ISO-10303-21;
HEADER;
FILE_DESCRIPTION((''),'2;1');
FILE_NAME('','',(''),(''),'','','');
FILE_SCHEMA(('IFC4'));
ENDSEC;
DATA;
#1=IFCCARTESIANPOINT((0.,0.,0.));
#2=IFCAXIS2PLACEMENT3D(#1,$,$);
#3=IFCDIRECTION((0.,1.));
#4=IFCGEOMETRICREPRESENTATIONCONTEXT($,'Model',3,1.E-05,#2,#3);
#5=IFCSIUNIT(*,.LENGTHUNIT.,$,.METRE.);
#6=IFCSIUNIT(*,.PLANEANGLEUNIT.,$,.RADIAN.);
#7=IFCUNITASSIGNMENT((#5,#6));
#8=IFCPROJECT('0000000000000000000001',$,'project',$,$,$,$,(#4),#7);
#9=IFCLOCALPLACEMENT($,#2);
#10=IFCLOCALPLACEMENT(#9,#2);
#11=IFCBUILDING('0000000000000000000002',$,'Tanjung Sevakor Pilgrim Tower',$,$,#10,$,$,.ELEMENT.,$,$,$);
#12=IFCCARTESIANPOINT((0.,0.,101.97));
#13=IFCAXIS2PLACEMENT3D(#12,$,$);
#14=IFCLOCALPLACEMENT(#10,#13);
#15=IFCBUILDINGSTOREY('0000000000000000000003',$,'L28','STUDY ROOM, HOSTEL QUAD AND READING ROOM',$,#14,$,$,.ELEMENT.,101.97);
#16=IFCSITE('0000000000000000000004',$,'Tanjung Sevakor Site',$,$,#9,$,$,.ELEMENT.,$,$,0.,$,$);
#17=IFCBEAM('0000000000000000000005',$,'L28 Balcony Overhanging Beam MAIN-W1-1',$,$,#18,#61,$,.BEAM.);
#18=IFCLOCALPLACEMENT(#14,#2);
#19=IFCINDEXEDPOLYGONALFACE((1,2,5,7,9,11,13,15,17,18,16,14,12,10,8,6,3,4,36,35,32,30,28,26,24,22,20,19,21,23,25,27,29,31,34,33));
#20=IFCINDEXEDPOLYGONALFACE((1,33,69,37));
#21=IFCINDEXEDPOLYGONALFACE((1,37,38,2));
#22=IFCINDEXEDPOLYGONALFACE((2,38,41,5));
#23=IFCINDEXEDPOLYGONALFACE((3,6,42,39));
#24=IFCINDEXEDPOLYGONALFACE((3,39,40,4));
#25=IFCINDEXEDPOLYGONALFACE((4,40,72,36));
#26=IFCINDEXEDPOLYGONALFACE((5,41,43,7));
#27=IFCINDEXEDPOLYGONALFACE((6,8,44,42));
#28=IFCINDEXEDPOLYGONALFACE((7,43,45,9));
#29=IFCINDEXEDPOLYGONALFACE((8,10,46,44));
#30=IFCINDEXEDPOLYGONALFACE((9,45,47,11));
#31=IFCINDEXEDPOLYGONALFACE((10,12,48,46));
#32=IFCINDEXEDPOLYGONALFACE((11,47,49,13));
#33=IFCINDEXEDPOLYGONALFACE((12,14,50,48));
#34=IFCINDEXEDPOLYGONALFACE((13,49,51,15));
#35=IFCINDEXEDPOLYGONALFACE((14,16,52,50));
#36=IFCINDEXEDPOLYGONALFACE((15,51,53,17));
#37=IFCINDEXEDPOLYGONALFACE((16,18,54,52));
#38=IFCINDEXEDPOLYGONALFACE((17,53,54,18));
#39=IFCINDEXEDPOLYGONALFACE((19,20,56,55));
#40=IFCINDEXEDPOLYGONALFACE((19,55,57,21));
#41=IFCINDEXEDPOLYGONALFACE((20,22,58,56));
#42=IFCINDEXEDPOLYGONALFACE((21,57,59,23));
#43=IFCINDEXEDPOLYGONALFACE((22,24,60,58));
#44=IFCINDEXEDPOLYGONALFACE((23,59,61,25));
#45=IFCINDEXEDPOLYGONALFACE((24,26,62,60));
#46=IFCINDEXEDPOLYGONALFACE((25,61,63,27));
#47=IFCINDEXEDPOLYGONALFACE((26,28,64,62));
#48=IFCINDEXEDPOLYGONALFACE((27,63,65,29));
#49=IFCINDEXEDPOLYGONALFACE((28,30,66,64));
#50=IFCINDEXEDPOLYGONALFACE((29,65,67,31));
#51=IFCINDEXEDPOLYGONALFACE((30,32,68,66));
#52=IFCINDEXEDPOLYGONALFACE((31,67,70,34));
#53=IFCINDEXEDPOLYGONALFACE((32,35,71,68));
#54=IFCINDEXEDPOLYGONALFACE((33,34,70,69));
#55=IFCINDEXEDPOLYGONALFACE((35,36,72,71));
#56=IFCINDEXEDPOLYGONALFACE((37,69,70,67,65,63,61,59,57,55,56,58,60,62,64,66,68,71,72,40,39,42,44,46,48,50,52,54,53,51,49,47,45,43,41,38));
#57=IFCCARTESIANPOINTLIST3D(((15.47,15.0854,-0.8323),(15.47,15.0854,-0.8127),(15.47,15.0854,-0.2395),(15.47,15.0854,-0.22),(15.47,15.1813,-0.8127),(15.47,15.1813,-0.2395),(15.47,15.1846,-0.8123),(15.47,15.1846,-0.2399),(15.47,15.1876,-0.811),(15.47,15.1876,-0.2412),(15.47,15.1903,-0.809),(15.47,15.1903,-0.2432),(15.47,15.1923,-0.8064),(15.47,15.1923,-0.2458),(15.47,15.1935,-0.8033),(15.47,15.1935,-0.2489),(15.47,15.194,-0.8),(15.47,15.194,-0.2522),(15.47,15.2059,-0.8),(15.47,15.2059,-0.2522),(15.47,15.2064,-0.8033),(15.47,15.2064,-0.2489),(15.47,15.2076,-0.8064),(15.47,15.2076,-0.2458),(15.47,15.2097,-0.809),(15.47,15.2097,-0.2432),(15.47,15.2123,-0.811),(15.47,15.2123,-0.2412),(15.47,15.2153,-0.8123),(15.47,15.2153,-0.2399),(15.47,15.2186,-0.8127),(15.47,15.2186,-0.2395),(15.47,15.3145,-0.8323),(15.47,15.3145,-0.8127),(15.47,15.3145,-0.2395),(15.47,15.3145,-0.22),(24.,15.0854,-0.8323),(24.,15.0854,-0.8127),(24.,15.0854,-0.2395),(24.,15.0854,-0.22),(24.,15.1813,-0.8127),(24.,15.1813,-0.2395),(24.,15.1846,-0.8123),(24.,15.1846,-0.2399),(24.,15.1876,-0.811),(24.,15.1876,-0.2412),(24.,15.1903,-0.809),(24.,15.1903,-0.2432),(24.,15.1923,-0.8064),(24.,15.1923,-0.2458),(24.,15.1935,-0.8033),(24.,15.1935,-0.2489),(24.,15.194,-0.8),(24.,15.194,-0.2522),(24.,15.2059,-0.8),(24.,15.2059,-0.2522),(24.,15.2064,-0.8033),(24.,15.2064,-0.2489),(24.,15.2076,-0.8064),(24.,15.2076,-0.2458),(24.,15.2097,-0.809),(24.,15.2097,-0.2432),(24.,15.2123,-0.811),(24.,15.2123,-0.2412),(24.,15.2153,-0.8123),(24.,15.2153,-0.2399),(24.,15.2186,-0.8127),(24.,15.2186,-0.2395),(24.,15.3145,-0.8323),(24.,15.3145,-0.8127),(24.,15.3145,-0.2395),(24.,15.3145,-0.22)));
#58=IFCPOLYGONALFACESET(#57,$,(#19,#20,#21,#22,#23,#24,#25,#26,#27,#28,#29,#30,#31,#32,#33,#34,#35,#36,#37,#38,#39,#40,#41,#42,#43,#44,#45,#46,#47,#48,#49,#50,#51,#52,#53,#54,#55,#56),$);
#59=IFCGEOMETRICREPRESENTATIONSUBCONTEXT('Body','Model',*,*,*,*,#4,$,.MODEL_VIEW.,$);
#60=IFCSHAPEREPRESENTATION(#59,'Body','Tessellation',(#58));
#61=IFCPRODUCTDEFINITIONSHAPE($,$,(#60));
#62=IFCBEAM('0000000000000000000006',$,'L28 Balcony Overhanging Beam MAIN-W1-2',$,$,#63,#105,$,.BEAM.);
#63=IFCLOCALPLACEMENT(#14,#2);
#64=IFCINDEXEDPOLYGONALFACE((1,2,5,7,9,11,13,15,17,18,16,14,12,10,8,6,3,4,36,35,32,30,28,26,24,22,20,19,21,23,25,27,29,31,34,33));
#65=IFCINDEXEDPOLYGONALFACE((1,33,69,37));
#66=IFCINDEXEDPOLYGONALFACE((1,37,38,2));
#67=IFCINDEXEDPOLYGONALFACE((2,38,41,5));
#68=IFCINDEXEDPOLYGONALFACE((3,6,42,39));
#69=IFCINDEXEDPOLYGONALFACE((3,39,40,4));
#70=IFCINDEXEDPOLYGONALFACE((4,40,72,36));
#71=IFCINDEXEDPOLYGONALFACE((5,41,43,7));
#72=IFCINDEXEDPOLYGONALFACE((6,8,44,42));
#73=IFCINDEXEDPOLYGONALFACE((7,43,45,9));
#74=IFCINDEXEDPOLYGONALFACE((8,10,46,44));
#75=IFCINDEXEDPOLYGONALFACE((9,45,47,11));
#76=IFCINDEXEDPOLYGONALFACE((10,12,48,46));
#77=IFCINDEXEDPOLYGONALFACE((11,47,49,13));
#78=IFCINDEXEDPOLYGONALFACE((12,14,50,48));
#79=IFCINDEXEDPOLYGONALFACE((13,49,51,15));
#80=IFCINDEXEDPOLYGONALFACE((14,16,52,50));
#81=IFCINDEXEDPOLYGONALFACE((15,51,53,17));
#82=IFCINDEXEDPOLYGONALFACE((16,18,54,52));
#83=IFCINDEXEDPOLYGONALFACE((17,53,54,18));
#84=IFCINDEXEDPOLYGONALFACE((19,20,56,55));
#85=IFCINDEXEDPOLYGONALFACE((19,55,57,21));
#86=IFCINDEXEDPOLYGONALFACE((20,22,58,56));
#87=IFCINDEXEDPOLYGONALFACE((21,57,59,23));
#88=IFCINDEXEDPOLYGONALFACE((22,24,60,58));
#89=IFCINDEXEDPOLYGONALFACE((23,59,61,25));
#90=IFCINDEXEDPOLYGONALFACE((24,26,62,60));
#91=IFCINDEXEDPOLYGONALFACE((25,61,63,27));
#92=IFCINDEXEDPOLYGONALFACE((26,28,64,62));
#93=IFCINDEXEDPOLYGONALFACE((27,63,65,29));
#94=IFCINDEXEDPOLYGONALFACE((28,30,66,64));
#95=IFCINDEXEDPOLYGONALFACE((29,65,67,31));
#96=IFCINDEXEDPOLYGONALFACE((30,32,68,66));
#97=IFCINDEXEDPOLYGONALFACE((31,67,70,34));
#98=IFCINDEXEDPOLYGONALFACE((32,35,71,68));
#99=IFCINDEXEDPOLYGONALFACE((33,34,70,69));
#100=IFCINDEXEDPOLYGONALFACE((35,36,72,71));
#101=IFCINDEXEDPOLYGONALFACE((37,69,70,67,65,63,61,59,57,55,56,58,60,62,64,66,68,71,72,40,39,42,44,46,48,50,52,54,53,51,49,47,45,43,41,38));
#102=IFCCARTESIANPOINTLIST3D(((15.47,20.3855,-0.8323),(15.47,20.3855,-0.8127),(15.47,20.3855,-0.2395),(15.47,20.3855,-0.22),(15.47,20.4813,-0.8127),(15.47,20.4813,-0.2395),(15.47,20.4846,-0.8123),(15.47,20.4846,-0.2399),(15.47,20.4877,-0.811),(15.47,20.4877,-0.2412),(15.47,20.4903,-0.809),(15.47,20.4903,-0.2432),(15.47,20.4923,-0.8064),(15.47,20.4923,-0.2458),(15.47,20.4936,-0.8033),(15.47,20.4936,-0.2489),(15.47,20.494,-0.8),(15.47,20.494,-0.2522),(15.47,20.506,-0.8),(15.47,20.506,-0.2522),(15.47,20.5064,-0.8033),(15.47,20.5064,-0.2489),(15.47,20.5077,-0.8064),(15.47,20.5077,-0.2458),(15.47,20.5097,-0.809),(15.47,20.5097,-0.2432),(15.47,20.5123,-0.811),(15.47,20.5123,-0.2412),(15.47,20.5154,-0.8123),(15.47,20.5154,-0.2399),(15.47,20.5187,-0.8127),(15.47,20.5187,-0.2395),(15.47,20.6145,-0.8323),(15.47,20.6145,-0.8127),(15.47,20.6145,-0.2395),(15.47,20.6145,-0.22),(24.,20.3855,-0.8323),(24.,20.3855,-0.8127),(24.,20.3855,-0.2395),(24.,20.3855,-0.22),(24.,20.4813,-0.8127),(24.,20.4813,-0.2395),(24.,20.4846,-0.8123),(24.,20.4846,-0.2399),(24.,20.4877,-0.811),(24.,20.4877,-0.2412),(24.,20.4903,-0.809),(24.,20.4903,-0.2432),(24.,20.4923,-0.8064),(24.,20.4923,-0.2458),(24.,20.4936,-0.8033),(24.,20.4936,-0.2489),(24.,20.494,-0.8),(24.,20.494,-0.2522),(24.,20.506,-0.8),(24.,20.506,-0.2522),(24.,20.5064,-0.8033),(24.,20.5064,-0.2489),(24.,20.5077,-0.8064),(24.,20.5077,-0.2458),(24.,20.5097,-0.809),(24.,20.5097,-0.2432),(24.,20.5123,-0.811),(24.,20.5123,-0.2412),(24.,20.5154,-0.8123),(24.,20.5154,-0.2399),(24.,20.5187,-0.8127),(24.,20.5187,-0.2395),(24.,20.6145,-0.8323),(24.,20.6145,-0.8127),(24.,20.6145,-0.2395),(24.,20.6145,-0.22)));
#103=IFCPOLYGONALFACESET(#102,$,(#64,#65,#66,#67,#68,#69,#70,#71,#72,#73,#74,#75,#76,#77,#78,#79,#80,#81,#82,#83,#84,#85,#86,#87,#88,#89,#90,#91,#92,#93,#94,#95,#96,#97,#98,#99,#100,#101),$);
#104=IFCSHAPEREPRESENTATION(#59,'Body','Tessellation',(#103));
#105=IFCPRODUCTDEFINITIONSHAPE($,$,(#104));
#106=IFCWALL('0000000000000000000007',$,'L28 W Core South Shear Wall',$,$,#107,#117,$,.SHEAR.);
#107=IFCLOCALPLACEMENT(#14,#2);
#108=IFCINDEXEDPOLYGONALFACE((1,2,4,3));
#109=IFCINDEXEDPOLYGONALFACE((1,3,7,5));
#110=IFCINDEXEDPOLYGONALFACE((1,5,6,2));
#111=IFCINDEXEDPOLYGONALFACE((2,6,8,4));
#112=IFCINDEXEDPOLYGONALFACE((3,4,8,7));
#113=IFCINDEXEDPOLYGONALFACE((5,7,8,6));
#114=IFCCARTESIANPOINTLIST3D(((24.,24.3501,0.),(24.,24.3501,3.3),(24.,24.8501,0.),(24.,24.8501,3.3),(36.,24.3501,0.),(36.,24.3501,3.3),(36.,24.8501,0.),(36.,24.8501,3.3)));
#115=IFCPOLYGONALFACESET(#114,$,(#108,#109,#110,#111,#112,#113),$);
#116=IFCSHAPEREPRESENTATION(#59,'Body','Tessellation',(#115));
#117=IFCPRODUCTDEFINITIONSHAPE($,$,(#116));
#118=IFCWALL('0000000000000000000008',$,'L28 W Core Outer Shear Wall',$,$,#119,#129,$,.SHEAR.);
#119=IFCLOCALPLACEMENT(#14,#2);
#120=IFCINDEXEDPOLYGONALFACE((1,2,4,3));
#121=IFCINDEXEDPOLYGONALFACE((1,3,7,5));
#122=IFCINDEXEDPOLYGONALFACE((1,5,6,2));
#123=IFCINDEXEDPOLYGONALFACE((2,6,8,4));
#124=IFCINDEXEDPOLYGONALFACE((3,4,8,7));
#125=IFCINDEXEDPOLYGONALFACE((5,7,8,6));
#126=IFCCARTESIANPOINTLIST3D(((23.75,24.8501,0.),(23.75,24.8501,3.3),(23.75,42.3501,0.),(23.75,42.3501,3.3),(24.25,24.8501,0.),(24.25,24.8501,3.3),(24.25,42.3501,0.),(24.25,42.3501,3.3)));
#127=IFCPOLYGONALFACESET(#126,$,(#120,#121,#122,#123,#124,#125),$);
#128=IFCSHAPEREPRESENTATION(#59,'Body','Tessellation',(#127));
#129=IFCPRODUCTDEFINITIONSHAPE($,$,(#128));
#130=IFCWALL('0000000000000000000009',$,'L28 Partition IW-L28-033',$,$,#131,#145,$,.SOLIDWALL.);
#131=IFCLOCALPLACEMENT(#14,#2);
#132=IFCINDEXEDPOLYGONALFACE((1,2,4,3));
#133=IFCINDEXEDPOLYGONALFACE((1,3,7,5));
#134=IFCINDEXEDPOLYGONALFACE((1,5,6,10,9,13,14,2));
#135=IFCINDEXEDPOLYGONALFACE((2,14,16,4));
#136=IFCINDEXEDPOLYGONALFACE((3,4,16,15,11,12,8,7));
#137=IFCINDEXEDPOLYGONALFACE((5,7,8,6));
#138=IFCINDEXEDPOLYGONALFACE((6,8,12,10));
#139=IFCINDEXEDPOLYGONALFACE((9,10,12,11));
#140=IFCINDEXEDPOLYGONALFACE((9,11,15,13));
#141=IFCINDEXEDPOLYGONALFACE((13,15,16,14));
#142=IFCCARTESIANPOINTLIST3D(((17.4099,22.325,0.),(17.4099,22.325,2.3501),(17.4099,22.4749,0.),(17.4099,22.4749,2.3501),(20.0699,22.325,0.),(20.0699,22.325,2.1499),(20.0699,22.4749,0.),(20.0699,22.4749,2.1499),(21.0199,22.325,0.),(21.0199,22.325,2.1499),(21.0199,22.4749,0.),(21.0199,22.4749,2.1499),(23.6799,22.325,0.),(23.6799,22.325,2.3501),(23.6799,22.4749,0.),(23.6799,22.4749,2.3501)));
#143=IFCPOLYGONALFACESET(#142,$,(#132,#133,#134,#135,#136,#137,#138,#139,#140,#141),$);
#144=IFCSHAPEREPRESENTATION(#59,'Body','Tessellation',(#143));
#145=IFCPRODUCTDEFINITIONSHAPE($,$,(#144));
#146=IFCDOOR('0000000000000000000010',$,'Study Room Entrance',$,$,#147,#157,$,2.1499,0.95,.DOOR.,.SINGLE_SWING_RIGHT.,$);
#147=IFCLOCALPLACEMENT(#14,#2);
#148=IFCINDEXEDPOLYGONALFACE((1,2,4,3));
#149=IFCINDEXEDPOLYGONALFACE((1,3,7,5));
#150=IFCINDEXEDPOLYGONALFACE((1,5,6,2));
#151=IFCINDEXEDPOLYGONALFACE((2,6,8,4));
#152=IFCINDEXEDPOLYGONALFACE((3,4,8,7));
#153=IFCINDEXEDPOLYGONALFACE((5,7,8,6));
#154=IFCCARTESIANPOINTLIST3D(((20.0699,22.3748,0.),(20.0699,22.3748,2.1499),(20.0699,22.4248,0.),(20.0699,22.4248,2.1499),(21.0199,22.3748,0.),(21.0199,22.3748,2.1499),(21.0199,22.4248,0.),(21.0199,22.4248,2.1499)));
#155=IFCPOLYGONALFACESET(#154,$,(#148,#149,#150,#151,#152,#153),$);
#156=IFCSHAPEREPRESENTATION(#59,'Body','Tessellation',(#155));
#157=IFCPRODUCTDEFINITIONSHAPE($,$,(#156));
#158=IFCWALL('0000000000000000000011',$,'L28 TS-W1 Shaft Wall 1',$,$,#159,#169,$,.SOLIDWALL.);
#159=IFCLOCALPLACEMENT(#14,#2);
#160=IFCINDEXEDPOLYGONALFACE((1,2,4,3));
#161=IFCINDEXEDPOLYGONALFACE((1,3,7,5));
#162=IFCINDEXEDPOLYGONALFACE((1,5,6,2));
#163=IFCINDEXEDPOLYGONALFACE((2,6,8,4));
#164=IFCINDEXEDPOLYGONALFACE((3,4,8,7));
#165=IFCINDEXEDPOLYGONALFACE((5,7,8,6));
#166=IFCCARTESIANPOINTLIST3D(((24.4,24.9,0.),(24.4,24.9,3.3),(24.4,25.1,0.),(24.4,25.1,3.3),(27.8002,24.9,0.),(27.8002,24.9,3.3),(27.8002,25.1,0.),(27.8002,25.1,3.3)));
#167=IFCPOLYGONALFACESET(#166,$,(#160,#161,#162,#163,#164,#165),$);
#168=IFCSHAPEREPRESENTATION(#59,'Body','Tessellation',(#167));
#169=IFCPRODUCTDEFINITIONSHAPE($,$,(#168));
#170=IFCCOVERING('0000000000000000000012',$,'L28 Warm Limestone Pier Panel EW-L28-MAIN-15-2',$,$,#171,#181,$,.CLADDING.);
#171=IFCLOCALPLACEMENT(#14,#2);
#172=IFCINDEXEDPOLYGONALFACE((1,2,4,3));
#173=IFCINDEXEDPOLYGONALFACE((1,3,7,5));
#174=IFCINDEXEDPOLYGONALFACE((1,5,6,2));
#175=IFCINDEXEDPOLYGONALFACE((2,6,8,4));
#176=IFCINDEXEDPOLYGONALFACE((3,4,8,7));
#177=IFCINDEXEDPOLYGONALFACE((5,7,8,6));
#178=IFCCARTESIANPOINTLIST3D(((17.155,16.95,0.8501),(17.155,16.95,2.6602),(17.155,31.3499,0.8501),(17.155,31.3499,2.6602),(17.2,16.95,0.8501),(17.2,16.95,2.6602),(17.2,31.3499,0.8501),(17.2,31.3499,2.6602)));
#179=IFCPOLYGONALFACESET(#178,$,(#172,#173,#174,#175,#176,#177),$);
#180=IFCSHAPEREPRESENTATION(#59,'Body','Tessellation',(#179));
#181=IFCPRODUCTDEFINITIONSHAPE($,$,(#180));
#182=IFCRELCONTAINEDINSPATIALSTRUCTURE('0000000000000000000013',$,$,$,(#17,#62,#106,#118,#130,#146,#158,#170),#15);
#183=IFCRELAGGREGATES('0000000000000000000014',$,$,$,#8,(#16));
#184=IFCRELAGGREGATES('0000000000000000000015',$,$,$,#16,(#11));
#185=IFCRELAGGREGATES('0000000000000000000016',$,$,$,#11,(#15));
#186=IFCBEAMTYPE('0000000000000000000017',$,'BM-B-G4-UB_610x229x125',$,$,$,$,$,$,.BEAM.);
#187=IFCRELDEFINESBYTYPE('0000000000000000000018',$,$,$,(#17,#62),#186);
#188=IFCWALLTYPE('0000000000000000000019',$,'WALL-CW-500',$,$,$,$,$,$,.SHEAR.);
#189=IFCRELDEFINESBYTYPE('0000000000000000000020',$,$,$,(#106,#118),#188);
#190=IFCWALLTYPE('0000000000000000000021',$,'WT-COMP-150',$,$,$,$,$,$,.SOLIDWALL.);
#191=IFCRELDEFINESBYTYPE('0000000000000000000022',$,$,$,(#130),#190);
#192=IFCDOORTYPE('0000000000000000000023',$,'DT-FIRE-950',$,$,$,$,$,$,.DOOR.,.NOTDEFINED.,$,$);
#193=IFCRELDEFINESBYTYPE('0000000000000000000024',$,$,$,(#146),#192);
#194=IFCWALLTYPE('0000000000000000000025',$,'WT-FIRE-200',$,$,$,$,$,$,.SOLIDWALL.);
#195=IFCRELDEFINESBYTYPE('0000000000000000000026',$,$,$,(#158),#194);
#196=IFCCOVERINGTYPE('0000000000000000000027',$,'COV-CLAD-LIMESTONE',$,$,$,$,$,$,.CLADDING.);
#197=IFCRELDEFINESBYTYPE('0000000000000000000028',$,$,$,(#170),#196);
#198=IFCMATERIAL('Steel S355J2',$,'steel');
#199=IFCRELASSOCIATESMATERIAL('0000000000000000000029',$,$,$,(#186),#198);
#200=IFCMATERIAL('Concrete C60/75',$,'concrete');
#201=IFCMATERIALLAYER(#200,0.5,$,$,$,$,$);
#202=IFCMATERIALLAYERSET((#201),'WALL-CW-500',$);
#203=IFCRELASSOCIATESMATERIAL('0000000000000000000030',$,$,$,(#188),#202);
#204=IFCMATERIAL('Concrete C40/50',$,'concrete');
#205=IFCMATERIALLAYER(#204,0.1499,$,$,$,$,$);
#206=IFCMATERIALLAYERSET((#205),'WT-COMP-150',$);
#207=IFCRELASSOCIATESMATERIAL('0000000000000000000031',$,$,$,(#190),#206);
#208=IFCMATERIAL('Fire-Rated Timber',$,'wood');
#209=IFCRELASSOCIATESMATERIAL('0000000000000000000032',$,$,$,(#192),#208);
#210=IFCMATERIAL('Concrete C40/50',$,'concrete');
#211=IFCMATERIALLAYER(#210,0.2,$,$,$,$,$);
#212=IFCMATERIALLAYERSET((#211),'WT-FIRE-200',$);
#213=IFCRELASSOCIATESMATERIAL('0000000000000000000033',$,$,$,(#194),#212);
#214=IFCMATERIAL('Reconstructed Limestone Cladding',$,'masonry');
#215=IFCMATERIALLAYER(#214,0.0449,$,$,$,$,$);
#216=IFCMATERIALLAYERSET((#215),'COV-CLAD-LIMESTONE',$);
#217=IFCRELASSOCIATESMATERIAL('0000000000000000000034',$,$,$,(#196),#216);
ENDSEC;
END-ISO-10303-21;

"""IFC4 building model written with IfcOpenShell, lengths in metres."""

from ifc_helpers import new_model, si_unit, direction, frame, frame_2d, origin, origin_2d, place, context, subcontext, project, spatial, rectangle, i_section, extrude, material, layer, layer_set, material_profile, profile_set, type_object, element, fill, save


model = new_model("IFC4")

# Units and contexts
model_context = context("Model", 3, precision=1e-05, world=origin(), true_north=direction((0.0, 1.0)))
body_context = subcontext(model_context, "Body", "Model", "MODEL_VIEW")
ifc_project = project(units=[si_unit("LENGTHUNIT", "METRE"), si_unit("PLANEANGLEUNIT", "RADIAN")], contexts=[model_context])

# Site, building, storey
site_placement = place(None, origin())
site = spatial("IfcSite", under=ifc_project, at=site_placement, Name="Tanjung Sevakor Site", CompositionType="ELEMENT", RefElevation=0.0)
building_placement = place(site_placement, origin())
building = spatial("IfcBuilding", under=site, at=building_placement, Name="Tanjung Sevakor Pilgrim Tower", CompositionType="ELEMENT")
storey_placement = place(building_placement, frame((0.0, 0.0, 101.97)))
storey = spatial("IfcBuildingStorey", under=building, at=storey_placement, Name="L28", Description="STUDY ROOM, HOSTEL QUAD AND READING ROOM", CompositionType="ELEMENT", Elevation=101.97)

# Beams
ifc_material_1 = material(Name="Steel S355J2", Category="steel")
ifc_material_profile_1 = material_profile(ifc_material_1, i_section(OverallWidth=0.229, OverallDepth=0.6123, WebThickness=0.012, FlangeThickness=0.0195, FilletRadius=0.0127, at=origin_2d()))
ifc_profile_set_1 = profile_set([ifc_material_profile_1], Name="Steel S355J2")
beam_type_1 = type_object("IfcBeamType", Name="BM-B-G4-UB_610x229x125", PredefinedType="BEAM", material=ifc_profile_set_1)
for number, where, z_axis, x_axis, name in (
    (1, (24.0, 15.2, -0.5261), (-1.0, 0.0, 0.0), (0.0, -1.0, 0.0), "L28 Balcony Overhanging Beam MAIN-W1-1"),
    (2, (24.0, 20.5, -0.5261), (-1.0, 0.0, 0.0), (0.0, -1.0, 0.0), "L28 Balcony Overhanging Beam MAIN-W1-2"),
):
    element("IfcBeam", number, at=place(storey_placement, frame(where, z_axis=z_axis, x_axis=x_axis)), inside=storey, type_object=beam_type_1, Name=name, PredefinedType="BEAM", context=body_context, shape_type="SweptSolid", body=[
        extrude(i_section(OverallWidth=0.229, OverallDepth=0.6123, WebThickness=0.012, FlangeThickness=0.0195, FilletRadius=0.0127, at=origin_2d()), origin(), (0.0, 0.0, 1.0), 8.53),
    ])

# Walls
ifc_material_2 = material(Name="Concrete C60/75", Category="concrete")
ifc_layer_1 = layer(ifc_material_2, 0.5)
ifc_layer_set_1 = layer_set([ifc_layer_1], Name="WALL-CW-500")
wall_type_1 = type_object("IfcWallType", Name="WALL-CW-500", PredefinedType="SHEAR", material=ifc_layer_set_1)
wall_1_placement = place(storey_placement, frame((24.0, 24.6001, 0.0), z_axis=(0.0, 0.0, 1.0), x_axis=(1.0, 0.0, 0.0)))
element("IfcWall", 3, at=wall_1_placement, inside=storey, type_object=wall_type_1, Name="L28 W Core South Shear Wall", PredefinedType="SHEAR", context=body_context, shape_type="SweptSolid", body=[
    extrude(rectangle(XDim=12.0, YDim=0.5, at=frame_2d((6.0, 0.0))), origin(), (0.0, 0.0, 1.0), 3.3),
])
wall_2_placement = place(storey_placement, frame((24.0, 24.8501, 0.0), z_axis=(0.0, 0.0, 1.0), x_axis=(0.0, 1.0, 0.0)))
element("IfcWall", 4, at=wall_2_placement, inside=storey, type_object=wall_type_1, Name="L28 W Core Outer Shear Wall", PredefinedType="SHEAR", context=body_context, shape_type="SweptSolid", body=[
    extrude(rectangle(XDim=17.5, YDim=0.5, at=frame_2d((8.75, 0.0))), origin(), (0.0, 0.0, 1.0), 3.3),
])

# Wall, opening, door
ifc_material_3 = material(Name="Concrete C40/50", Category="concrete")
ifc_layer_2 = layer(ifc_material_3, 0.1499)
ifc_layer_set_2 = layer_set([ifc_layer_2], Name="WT-COMP-150")
wall_type_2 = type_object("IfcWallType", Name="WT-COMP-150", PredefinedType="SOLIDWALL", material=ifc_layer_set_2)
wall_3_placement = place(storey_placement, frame((17.4099, 22.3999, 0.0), z_axis=(0.0, 0.0, 1.0), x_axis=(1.0, 0.0, 0.0)))
wall_3 = element("IfcWall", 5, at=wall_3_placement, inside=storey, type_object=wall_type_2, Name="L28 Partition IW-L28-033", PredefinedType="SOLIDWALL", context=body_context, shape_type="SweptSolid", body=[
    extrude(rectangle(XDim=6.27, YDim=0.1499, at=frame_2d((3.135, 0.0))), origin(), (0.0, 0.0, 1.0), 2.3501),
])
opening_1_placement = place(wall_3_placement, frame((2.6599, 0.0, 0.0)))
opening_1 = element("IfcOpeningElement", 6, at=opening_1_placement, cuts=wall_3, PredefinedType="OPENING", context=body_context, shape_type="SweptSolid", body=[
    extrude(rectangle(XDim=0.95, YDim=2.1499, at=frame_2d((0.4751, 1.075))), frame((0.0, 0.085, 0.0), z_axis=(0.0, -1.0, 0.0), x_axis=(1.0, 0.0, 0.0)), (0.0, 0.0, 1.0), 0.1699),
])
ifc_material_4 = material(Name="Fire-Rated Timber", Category="wood")
door_type = type_object("IfcDoorType", Name="DT-FIRE-950", OperationType="NOTDEFINED", PredefinedType="DOOR", material=ifc_material_4)
door_1_placement = place(opening_1_placement, origin())
door_1 = element("IfcDoor", 7, at=door_1_placement, inside=storey, type_object=door_type, Name="Study Room Entrance", OperationType="SINGLE_SWING_RIGHT", OverallHeight=2.1499, OverallWidth=0.95, PredefinedType="DOOR", context=body_context, shape_type="SweptSolid", body=[
    extrude(rectangle(XDim=0.95, YDim=2.1499, at=frame_2d((0.4751, 1.075))), frame((0.0, 0.0249, 0.0), z_axis=(0.0, -1.0, 0.0), x_axis=(1.0, 0.0, 0.0)), (0.0, 0.0, 1.0), 0.05),
])
fill(opening_1, door_1)

# Wall
ifc_material_5 = material(Name="Concrete C40/50", Category="concrete")
ifc_layer_3 = layer(ifc_material_5, 0.2)
ifc_layer_set_3 = layer_set([ifc_layer_3], Name="WT-FIRE-200")
wall_type_3 = type_object("IfcWallType", Name="WT-FIRE-200", PredefinedType="SOLIDWALL", material=ifc_layer_set_3)
wall_4_placement = place(storey_placement, frame((24.3999, 25.0, 0.0), z_axis=(0.0, 0.0, 1.0), x_axis=(1.0, 0.0, 0.0)))
element("IfcWall", 8, at=wall_4_placement, inside=storey, type_object=wall_type_3, Name="L28 TS-W1 Shaft Wall 1", PredefinedType="SOLIDWALL", context=body_context, shape_type="SweptSolid", body=[
    extrude(rectangle(XDim=3.4001, YDim=0.2, at=frame_2d((1.7002, 0.0))), origin(), (0.0, 0.0, 1.0), 3.3),
])

# Covering
ifc_material_6 = material(Name="Reconstructed Limestone Cladding", Category="masonry")
ifc_layer_4 = layer(ifc_material_6, 0.0449)
ifc_layer_set_4 = layer_set([ifc_layer_4], Name="COV-CLAD-LIMESTONE")
covering_type = type_object("IfcCoveringType", Name="COV-CLAD-LIMESTONE", PredefinedType="CLADDING", material=ifc_layer_set_4)
covering_placement = place(storey_placement, frame((17.1775, 24.1499, 0.8501), z_axis=(0.0, 0.0, 1.0), x_axis=(0.0, -1.0, 0.0)))
element("IfcCovering", 9, at=covering_placement, inside=storey, type_object=covering_type, Name="L28 Warm Limestone Pier Panel EW-L28-MAIN-15-2", PredefinedType="CLADDING", context=body_context, shape_type="SweptSolid", body=[
    extrude(rectangle(XDim=14.3999, YDim=0.0449, at=origin_2d()), origin(), (0.0, 0.0, 1.0), 1.8101),
])

save(model, "model.ifc")
